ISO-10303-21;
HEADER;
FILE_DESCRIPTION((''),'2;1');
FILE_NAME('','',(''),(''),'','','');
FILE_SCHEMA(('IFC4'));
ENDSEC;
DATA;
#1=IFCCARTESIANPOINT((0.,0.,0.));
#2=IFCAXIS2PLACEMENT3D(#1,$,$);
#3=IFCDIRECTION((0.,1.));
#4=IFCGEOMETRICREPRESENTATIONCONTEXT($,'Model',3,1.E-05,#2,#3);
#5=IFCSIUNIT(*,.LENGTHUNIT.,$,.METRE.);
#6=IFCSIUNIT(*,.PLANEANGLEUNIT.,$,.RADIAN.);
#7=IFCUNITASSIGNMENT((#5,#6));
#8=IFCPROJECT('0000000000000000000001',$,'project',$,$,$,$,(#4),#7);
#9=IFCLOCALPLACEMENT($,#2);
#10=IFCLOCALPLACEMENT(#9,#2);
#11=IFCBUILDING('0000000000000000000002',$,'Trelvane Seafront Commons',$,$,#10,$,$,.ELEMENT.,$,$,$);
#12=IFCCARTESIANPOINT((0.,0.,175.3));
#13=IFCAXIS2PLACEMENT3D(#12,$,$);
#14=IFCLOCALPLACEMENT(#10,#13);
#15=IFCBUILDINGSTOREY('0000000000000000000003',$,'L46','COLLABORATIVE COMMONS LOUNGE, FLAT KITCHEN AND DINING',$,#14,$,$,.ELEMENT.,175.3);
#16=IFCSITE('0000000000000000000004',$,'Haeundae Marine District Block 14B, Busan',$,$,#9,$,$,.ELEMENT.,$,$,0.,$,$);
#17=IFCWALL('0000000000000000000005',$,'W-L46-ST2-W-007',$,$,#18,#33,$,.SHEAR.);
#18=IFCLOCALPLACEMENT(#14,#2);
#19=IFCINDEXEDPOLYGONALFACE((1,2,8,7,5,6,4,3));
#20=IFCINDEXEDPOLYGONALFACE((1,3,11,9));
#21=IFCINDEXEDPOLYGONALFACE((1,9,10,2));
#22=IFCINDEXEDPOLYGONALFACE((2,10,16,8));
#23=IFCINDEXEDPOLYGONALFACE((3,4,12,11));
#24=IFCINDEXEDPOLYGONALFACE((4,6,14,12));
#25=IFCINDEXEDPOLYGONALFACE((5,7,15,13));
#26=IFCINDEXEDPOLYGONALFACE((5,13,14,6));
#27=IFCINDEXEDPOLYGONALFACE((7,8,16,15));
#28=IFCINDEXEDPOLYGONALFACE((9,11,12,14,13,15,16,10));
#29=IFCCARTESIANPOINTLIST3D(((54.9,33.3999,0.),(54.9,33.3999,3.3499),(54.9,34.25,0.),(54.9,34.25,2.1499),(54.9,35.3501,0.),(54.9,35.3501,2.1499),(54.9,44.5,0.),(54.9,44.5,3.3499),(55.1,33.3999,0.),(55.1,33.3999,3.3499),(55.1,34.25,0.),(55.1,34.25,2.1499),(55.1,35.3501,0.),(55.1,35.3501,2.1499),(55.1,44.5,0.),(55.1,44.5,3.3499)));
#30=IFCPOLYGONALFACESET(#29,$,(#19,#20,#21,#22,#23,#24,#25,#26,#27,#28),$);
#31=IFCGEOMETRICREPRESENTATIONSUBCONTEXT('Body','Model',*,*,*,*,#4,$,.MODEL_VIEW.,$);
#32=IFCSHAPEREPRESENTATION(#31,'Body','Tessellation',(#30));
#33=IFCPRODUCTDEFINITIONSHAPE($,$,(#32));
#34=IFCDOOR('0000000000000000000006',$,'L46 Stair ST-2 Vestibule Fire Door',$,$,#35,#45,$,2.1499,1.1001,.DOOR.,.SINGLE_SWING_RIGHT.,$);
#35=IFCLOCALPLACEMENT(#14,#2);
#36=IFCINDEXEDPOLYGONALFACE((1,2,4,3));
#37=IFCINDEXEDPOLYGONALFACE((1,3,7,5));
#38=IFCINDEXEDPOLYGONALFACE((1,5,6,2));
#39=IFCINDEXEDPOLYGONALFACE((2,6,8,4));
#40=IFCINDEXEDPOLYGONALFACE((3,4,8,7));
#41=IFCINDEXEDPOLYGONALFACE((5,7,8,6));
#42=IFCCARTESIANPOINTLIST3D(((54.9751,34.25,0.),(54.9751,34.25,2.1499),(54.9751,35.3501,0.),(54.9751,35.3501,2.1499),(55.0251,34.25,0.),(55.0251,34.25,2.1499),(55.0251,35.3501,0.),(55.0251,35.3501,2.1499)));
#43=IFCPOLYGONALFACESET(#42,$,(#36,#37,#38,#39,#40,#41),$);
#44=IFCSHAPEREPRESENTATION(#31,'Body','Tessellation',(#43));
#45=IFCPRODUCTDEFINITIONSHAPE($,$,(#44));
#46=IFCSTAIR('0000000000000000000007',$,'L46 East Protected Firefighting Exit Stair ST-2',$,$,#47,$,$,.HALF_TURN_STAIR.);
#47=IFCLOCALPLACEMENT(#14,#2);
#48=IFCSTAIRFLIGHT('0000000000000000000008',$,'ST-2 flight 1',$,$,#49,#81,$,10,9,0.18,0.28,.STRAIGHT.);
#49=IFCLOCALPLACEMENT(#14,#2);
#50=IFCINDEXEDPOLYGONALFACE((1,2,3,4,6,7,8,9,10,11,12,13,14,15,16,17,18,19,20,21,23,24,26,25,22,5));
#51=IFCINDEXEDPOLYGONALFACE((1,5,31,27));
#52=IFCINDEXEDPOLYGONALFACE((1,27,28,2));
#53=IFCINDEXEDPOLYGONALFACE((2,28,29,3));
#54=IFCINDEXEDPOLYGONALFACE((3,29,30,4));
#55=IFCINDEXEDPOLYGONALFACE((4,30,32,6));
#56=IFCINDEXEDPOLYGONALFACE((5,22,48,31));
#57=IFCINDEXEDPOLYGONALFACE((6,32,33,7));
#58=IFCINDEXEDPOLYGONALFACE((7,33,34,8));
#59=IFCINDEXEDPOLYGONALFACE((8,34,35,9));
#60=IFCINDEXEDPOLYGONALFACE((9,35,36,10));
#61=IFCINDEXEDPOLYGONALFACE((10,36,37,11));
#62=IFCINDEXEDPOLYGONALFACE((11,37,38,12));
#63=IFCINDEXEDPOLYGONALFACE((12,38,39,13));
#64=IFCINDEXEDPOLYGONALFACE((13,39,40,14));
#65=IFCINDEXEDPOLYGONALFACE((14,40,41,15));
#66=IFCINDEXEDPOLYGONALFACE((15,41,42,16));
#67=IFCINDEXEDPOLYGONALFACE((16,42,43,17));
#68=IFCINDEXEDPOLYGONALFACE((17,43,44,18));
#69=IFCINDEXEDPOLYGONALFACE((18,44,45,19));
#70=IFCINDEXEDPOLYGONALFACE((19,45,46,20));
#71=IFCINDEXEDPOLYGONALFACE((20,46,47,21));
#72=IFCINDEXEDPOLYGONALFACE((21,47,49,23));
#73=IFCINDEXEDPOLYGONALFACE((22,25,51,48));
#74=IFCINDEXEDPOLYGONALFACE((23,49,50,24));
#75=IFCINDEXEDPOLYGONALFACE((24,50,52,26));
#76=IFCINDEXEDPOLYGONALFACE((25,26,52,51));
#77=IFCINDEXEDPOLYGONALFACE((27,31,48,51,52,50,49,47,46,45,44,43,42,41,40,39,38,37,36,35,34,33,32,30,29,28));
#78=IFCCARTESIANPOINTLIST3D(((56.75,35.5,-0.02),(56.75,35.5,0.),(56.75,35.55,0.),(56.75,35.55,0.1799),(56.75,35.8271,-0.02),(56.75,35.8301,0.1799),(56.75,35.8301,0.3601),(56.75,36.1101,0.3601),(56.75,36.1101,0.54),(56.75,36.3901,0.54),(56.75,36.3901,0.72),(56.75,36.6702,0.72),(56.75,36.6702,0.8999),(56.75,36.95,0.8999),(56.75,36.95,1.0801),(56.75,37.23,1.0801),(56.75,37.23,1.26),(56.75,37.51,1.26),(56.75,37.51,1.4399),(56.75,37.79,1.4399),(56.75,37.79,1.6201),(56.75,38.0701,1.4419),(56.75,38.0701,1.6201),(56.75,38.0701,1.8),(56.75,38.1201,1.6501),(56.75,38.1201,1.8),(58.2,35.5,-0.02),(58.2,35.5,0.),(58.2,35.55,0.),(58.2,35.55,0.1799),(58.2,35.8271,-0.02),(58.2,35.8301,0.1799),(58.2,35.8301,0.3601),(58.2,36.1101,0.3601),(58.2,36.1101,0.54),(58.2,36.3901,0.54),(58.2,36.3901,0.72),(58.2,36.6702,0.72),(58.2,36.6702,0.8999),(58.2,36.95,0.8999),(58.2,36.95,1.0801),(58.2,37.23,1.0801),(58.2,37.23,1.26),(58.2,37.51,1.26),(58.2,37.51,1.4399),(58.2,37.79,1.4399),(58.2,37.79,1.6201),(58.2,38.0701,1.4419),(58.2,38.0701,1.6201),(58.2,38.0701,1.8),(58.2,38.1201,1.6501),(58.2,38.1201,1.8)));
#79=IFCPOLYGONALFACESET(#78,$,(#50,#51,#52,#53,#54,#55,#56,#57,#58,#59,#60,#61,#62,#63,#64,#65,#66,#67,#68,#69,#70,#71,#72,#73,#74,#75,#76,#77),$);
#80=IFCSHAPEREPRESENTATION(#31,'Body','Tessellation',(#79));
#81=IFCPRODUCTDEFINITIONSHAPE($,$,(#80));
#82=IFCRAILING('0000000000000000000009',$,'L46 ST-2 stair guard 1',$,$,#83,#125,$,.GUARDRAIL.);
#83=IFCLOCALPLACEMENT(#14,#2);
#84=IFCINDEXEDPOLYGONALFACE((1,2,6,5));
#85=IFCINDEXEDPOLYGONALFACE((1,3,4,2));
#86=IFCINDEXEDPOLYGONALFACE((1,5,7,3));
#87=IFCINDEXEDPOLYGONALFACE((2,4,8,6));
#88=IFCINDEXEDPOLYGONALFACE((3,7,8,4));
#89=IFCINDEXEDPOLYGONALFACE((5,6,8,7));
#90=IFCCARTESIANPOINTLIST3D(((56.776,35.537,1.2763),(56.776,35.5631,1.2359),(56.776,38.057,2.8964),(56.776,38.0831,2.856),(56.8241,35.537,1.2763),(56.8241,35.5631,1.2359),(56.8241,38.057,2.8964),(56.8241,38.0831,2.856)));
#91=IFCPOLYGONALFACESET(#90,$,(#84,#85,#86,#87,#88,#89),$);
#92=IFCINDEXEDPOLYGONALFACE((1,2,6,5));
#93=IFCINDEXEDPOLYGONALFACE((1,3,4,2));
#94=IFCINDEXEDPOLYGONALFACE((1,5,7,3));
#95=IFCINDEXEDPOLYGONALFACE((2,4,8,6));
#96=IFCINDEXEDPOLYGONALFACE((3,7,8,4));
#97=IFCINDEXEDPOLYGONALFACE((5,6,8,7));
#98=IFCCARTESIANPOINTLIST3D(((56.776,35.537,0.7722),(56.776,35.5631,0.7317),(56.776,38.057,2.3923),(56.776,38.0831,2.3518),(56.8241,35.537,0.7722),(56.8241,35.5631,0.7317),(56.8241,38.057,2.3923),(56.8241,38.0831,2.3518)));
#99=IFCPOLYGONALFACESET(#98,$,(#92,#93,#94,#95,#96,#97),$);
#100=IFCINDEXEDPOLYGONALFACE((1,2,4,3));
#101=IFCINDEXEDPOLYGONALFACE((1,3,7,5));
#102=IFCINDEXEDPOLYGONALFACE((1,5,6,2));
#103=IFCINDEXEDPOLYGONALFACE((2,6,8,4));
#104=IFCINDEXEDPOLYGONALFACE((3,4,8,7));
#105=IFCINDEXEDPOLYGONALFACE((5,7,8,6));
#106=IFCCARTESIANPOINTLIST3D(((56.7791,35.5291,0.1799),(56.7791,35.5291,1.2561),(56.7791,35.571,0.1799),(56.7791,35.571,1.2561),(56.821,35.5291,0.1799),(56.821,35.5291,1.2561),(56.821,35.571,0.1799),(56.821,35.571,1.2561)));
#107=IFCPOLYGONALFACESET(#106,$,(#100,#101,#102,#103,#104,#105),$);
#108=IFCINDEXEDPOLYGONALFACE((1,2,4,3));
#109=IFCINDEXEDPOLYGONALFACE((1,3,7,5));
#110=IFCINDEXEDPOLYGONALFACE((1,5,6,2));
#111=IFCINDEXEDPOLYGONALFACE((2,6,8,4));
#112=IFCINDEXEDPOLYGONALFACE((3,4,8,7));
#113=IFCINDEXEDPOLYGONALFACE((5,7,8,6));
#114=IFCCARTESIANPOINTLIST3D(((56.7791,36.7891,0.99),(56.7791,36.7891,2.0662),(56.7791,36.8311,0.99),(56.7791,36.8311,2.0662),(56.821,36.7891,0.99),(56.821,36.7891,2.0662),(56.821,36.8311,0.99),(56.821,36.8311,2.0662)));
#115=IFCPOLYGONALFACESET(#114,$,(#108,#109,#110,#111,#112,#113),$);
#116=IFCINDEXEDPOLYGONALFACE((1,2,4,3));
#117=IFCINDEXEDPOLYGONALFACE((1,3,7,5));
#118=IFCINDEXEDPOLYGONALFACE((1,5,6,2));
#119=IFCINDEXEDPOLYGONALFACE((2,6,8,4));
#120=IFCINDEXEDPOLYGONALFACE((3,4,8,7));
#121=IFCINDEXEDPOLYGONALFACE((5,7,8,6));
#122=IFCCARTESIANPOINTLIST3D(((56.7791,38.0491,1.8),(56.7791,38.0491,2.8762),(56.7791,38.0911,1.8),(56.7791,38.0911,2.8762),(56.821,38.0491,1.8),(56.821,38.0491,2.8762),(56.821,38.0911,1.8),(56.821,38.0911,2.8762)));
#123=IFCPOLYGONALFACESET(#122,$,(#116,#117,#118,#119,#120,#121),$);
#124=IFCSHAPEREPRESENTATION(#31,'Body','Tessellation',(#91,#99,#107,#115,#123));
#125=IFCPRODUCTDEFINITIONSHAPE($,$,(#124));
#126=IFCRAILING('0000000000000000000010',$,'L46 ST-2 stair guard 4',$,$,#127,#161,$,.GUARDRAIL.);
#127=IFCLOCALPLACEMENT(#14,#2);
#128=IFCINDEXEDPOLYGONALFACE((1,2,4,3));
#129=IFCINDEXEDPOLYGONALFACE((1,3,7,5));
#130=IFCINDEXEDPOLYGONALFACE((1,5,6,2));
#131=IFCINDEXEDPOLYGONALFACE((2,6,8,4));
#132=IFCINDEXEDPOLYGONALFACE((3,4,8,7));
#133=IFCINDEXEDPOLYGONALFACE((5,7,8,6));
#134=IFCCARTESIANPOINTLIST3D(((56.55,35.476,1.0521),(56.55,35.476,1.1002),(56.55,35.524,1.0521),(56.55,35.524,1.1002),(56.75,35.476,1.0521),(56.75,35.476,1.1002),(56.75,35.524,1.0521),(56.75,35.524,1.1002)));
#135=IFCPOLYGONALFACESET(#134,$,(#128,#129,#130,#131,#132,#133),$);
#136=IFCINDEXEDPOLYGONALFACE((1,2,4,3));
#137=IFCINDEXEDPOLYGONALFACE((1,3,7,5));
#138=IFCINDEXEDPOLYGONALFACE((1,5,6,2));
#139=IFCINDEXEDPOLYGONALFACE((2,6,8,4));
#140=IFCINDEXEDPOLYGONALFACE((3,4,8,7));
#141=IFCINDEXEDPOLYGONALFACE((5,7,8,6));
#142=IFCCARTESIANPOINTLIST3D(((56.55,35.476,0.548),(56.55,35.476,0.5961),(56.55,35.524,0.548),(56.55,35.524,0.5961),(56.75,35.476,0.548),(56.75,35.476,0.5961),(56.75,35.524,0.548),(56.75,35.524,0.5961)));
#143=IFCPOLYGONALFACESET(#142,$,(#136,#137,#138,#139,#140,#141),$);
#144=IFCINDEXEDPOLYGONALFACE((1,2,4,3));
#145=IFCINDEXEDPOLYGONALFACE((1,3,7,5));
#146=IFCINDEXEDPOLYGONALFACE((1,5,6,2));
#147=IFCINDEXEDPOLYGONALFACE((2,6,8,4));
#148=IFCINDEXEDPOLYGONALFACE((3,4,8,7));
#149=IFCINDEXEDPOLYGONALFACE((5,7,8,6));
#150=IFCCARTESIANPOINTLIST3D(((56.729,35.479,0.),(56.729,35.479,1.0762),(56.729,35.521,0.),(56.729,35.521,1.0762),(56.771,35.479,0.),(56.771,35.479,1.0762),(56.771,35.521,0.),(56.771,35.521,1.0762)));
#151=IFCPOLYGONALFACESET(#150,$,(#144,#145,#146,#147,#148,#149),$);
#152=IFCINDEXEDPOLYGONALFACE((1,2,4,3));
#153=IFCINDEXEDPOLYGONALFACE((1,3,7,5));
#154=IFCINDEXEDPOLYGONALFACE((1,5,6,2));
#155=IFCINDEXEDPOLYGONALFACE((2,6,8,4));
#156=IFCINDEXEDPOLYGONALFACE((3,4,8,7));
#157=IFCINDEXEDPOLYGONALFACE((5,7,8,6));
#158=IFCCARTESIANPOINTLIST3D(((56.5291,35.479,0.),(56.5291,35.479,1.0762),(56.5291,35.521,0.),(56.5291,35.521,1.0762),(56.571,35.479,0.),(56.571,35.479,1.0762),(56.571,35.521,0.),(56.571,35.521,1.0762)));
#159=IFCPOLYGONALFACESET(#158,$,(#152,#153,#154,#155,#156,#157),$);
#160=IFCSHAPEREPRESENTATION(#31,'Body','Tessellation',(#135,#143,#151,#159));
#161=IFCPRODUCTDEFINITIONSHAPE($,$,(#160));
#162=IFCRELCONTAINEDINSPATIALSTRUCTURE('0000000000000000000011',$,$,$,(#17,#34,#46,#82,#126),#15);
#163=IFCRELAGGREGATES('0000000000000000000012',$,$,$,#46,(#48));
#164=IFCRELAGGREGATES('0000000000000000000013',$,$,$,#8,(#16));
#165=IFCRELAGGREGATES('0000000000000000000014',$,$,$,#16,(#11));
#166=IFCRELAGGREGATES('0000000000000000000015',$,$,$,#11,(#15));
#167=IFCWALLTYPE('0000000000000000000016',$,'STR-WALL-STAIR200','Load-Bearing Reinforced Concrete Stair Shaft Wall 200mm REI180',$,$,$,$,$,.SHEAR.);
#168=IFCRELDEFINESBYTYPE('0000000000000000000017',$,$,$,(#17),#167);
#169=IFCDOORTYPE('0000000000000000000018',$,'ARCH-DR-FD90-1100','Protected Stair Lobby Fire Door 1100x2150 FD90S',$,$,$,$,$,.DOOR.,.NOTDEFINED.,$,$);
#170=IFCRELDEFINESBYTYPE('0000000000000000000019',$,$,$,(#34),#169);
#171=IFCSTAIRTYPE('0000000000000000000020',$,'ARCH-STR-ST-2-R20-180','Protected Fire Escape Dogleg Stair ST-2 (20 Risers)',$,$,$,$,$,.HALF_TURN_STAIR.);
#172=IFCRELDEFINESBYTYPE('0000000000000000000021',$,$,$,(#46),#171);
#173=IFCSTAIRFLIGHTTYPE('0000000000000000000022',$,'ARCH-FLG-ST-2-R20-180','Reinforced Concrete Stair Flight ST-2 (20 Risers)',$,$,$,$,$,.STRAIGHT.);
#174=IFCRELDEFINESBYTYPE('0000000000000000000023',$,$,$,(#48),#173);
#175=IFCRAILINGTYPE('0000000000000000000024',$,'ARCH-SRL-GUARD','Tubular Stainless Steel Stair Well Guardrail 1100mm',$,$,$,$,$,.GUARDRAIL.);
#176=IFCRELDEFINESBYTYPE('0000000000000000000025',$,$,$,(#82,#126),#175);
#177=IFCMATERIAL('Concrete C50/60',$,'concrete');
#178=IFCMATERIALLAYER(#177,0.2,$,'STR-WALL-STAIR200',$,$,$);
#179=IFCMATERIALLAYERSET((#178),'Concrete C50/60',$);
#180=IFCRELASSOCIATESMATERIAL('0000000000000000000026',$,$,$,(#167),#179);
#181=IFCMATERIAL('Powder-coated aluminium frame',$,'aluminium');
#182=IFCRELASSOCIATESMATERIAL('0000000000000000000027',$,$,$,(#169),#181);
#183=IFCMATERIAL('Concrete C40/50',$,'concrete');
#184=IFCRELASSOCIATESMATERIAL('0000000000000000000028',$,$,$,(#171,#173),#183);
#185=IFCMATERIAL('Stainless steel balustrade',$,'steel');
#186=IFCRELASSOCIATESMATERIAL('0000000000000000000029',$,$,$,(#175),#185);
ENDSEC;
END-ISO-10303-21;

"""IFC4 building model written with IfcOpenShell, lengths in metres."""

from ifc_helpers import new_model, si_unit, direction, frame, frame_2d, origin, origin_2d, place, context, subcontext, project, spatial, polyline, rectangle, outline, extrude, source, transform, mapped, material, layer, layer_set, type_object, element, fill, aggregate, save


model = new_model("IFC4")

# Units and contexts
model_context = context("Model", 3, precision=1e-05, world=origin(), true_north=direction((0.0, 1.0)))
body_context = subcontext(model_context, "Body", "Model", "MODEL_VIEW")
ifc_project = project(units=[si_unit("LENGTHUNIT", "METRE"), si_unit("PLANEANGLEUNIT", "RADIAN")], contexts=[model_context])

# Site, building, storey
site_placement = place(None, origin())
site = spatial("IfcSite", under=ifc_project, at=site_placement, Name="Haeundae Marine District Block 14B, Busan", CompositionType="ELEMENT", RefElevation=0.0)
building_placement = place(site_placement, origin())
building = spatial("IfcBuilding", under=site, at=building_placement, Name="Trelvane Seafront Commons", CompositionType="ELEMENT")
storey_placement = place(building_placement, frame((0.0, 0.0, 175.3)))
storey = spatial("IfcBuildingStorey", under=building, at=storey_placement, Name="L46", Description="COLLABORATIVE COMMONS LOUNGE, FLAT KITCHEN AND DINING", CompositionType="ELEMENT", Elevation=175.3)

# Shared definitions
ifc_material_1 = material(Name="Concrete C50/60", Category="concrete")

# Shared definitions
ifc_material_2 = material(Name="Concrete C40/50", Category="concrete")

# Shared definitions
ifc_material_3 = material(Name="Powder-coated aluminium frame", Category="aluminium")

# Shared definitions
ifc_layer_1 = layer(ifc_material_1, 0.2, Name="STR-WALL-STAIR200")
ifc_layer_set_1 = layer_set([ifc_layer_1], Name="Concrete C50/60")
wall_type_1 = type_object("IfcWallType", Name="STR-WALL-STAIR200", Description="Load-Bearing Reinforced Concrete Stair Shaft Wall 200mm REI180", PredefinedType="SHEAR", material=ifc_layer_set_1)

# Wall, opening, door
wall_1_placement = place(storey_placement, frame((55.0, 33.3999, 0.0), z_axis=(0.0, 0.0, 1.0), x_axis=(0.0, 1.0, 0.0)))
wall_1 = element("IfcWall", 1, at=wall_1_placement, inside=storey, type_object=wall_type_1, Name="W-L46-ST2-W-007", PredefinedType="SHEAR", context=body_context, shape_type="SweptSolid", body=[
    extrude(rectangle(XDim=11.1001, YDim=0.2, at=frame_2d((5.55, 0.0))), origin(), (0.0, 0.0, 1.0), 3.3499),
])
opening_1_placement = place(wall_1_placement, frame((0.8501, 0.0, 0.0)))
opening_1 = element("IfcOpeningElement", 2, at=opening_1_placement, cuts=wall_1, PredefinedType="OPENING", context=body_context, shape_type="SweptSolid", body=[
    extrude(rectangle(XDim=1.1001, YDim=2.1499, at=frame_2d((0.55, 1.075))), frame((0.0, 0.1099, 0.0), z_axis=(0.0, -1.0, 0.0), x_axis=(1.0, 0.0, 0.0)), (0.0, 0.0, 1.0), 0.22),
])
door_type_1 = type_object("IfcDoorType", Name="ARCH-DR-FD90-1100", Description="Protected Stair Lobby Fire Door 1100x2150 FD90S", OperationType="NOTDEFINED", PredefinedType="DOOR", material=ifc_material_3)
shared_shape_1 = source(origin(), body_context, "Body", "SweptSolid", [
    extrude(rectangle(XDim=1.1001, YDim=2.1499, at=frame_2d((0.55, 1.075))), frame((0.0, 0.0249, 0.0), z_axis=(0.0, -1.0, 0.0), x_axis=(1.0, 0.0, 0.0)), (0.0, 0.0, 1.0), 0.05),
])
door_1_placement = place(opening_1_placement, origin())
door_1 = element("IfcDoor", 3, at=door_1_placement, inside=storey, type_object=door_type_1, Name="L46 Stair ST-2 Vestibule Fire Door", OperationType="SINGLE_SWING_RIGHT", OverallHeight=2.1499, OverallWidth=1.1001, PredefinedType="DOOR", context=body_context, shape_type="MappedRepresentation", body=[
    mapped(shared_shape_1, transform((0.0, 0.0, 0.0), x_axis=(1.0, 0.0, 0.0), y_axis=(0.0, 1.0, 0.0), z_axis=(0.0, 0.0, 1.0), scale=1.0)),
])
fill(opening_1, door_1)

# Stair, stair flight
stair_type = type_object("IfcStairType", Name="ARCH-STR-ST-2-R20-180", Description="Protected Fire Escape Dogleg Stair ST-2 (20 Risers)", PredefinedType="HALF_TURN_STAIR", material=ifc_material_2)
stair_placement = place(storey_placement, origin())
stair = element("IfcStair", 4, at=stair_placement, inside=storey, type_object=stair_type, Name="L46 East Protected Firefighting Exit Stair ST-2", PredefinedType="HALF_TURN_STAIR")
stair_flight_type = type_object("IfcStairFlightType", Name="ARCH-FLG-ST-2-R20-180", Description="Reinforced Concrete Stair Flight ST-2 (20 Risers)", PredefinedType="STRAIGHT", material=ifc_material_2)
shared_shape_2 = source(origin(), body_context, "Body", "SweptSolid", [
    extrude(outline(polyline([(-0.05, -0.02), (-0.05, 0.0), (0.0, 0.0), (0.0, 0.1799), (0.28, 0.1799), (0.28, 0.3601), (0.5601, 0.3601), (0.5601, 0.54), (0.8401, 0.54), (0.8401, 0.72), (1.1201, 0.72), (1.1201, 0.8999), (1.3999, 0.8999), (1.3999, 1.0801), (1.6799, 1.0801), (1.6799, 1.26), (1.96, 1.26), (1.96, 1.4399), (2.24, 1.4399), (2.24, 1.6201), (2.52, 1.6201), (2.52, 1.8), (2.5701, 1.8), (2.5701, 1.6501), (2.52, 1.4419), (0.2771, -0.02), (-0.05, -0.02)])), frame((0.0, 0.7251, 0.0), z_axis=(0.0, -1.0, 0.0), x_axis=(1.0, 0.0, 0.0)), (0.0, 0.0, 1.0), 1.45),
])
stair_flight_placement = place(storey_placement, frame((57.4751, 35.55, 0.0), z_axis=(0.0, 0.0, 1.0), x_axis=(0.0, 1.0, 0.0)))
stair_flight = element("IfcStairFlight", 5, at=stair_flight_placement, type_object=stair_flight_type, Name="ST-2 flight 1", NumberOfRisers=10, NumberOfTreads=9, PredefinedType="STRAIGHT", RiserHeight=0.18, TreadLength=0.28, context=body_context, shape_type="MappedRepresentation", body=[
    mapped(shared_shape_2, transform((0.0, 0.0, 0.0), x_axis=(1.0, 0.0, 0.0), y_axis=(0.0, 1.0, 0.0), z_axis=(0.0, 0.0, 1.0), scale=1.0)),
])
aggregate(stair, [stair_flight])

# Railings
ifc_material_4 = material(Name="Stainless steel balustrade", Category="steel")
railing_type_1 = type_object("IfcRailingType", Name="ARCH-SRL-GUARD", Description="Tubular Stainless Steel Stair Well Guardrail 1100mm", PredefinedType="GUARDRAIL", material=ifc_material_4)
railing_1_placement = place(storey_placement, frame((56.8, 35.55, 0.1799)))
element("IfcRailing", 6, at=railing_1_placement, inside=storey, type_object=railing_type_1, Name="L46 ST-2 stair guard 1", PredefinedType="GUARDRAIL", context=body_context, shape_type="SweptSolid", body=[
    extrude(rectangle(XDim=0.0481, YDim=0.0481, at=origin_2d()), frame((0.0, 0.0, 1.0762), z_axis=(0.0, 0.841163, 0.540782), x_axis=(-1.0, 0.0, 0.0)), (0.0, 0.0, 1.0), 2.9958),
    extrude(rectangle(XDim=0.0481, YDim=0.0481, at=origin_2d()), frame((0.0, 0.0, 0.572), z_axis=(0.0, 0.841163, 0.540782), x_axis=(-1.0, 0.0, 0.0)), (0.0, 0.0, 1.0), 2.9958),
    extrude(rectangle(XDim=0.042, YDim=0.042, at=origin_2d()), origin(), (0.0, 0.0, 1.0), 1.0762),
    extrude(rectangle(XDim=0.042, YDim=0.042, at=origin_2d()), frame((0.0, 1.26, 0.8101)), (0.0, 0.0, 1.0), 1.0762),
    extrude(rectangle(XDim=0.042, YDim=0.042, at=origin_2d()), frame((0.0, 2.52, 1.6201)), (0.0, 0.0, 1.0), 1.0762),
])
railing_2_placement = place(storey_placement, frame((56.75, 35.5, 0.0)))
element("IfcRailing", 7, at=railing_2_placement, inside=storey, type_object=railing_type_1, Name="L46 ST-2 stair guard 4", PredefinedType="GUARDRAIL", context=body_context, shape_type="SweptSolid", body=[
    extrude(rectangle(XDim=0.0481, YDim=0.0481, at=origin_2d()), frame((0.0, 0.0, 1.0762), z_axis=(-1.0, 0.0, 0.0), x_axis=(0.0, -1.0, 0.0)), (0.0, 0.0, 1.0), 0.2),
    extrude(rectangle(XDim=0.0481, YDim=0.0481, at=origin_2d()), frame((0.0, 0.0, 0.572), z_axis=(-1.0, 0.0, 0.0), x_axis=(0.0, -1.0, 0.0)), (0.0, 0.0, 1.0), 0.2),
    extrude(rectangle(XDim=0.042, YDim=0.042, at=origin_2d()), origin(), (0.0, 0.0, 1.0), 1.0762),
    extrude(rectangle(XDim=0.042, YDim=0.042, at=origin_2d()), frame((-0.2, 0.0, 0.0)), (0.0, 0.0, 1.0), 1.0762),
])

save(model, "model.ifc")
